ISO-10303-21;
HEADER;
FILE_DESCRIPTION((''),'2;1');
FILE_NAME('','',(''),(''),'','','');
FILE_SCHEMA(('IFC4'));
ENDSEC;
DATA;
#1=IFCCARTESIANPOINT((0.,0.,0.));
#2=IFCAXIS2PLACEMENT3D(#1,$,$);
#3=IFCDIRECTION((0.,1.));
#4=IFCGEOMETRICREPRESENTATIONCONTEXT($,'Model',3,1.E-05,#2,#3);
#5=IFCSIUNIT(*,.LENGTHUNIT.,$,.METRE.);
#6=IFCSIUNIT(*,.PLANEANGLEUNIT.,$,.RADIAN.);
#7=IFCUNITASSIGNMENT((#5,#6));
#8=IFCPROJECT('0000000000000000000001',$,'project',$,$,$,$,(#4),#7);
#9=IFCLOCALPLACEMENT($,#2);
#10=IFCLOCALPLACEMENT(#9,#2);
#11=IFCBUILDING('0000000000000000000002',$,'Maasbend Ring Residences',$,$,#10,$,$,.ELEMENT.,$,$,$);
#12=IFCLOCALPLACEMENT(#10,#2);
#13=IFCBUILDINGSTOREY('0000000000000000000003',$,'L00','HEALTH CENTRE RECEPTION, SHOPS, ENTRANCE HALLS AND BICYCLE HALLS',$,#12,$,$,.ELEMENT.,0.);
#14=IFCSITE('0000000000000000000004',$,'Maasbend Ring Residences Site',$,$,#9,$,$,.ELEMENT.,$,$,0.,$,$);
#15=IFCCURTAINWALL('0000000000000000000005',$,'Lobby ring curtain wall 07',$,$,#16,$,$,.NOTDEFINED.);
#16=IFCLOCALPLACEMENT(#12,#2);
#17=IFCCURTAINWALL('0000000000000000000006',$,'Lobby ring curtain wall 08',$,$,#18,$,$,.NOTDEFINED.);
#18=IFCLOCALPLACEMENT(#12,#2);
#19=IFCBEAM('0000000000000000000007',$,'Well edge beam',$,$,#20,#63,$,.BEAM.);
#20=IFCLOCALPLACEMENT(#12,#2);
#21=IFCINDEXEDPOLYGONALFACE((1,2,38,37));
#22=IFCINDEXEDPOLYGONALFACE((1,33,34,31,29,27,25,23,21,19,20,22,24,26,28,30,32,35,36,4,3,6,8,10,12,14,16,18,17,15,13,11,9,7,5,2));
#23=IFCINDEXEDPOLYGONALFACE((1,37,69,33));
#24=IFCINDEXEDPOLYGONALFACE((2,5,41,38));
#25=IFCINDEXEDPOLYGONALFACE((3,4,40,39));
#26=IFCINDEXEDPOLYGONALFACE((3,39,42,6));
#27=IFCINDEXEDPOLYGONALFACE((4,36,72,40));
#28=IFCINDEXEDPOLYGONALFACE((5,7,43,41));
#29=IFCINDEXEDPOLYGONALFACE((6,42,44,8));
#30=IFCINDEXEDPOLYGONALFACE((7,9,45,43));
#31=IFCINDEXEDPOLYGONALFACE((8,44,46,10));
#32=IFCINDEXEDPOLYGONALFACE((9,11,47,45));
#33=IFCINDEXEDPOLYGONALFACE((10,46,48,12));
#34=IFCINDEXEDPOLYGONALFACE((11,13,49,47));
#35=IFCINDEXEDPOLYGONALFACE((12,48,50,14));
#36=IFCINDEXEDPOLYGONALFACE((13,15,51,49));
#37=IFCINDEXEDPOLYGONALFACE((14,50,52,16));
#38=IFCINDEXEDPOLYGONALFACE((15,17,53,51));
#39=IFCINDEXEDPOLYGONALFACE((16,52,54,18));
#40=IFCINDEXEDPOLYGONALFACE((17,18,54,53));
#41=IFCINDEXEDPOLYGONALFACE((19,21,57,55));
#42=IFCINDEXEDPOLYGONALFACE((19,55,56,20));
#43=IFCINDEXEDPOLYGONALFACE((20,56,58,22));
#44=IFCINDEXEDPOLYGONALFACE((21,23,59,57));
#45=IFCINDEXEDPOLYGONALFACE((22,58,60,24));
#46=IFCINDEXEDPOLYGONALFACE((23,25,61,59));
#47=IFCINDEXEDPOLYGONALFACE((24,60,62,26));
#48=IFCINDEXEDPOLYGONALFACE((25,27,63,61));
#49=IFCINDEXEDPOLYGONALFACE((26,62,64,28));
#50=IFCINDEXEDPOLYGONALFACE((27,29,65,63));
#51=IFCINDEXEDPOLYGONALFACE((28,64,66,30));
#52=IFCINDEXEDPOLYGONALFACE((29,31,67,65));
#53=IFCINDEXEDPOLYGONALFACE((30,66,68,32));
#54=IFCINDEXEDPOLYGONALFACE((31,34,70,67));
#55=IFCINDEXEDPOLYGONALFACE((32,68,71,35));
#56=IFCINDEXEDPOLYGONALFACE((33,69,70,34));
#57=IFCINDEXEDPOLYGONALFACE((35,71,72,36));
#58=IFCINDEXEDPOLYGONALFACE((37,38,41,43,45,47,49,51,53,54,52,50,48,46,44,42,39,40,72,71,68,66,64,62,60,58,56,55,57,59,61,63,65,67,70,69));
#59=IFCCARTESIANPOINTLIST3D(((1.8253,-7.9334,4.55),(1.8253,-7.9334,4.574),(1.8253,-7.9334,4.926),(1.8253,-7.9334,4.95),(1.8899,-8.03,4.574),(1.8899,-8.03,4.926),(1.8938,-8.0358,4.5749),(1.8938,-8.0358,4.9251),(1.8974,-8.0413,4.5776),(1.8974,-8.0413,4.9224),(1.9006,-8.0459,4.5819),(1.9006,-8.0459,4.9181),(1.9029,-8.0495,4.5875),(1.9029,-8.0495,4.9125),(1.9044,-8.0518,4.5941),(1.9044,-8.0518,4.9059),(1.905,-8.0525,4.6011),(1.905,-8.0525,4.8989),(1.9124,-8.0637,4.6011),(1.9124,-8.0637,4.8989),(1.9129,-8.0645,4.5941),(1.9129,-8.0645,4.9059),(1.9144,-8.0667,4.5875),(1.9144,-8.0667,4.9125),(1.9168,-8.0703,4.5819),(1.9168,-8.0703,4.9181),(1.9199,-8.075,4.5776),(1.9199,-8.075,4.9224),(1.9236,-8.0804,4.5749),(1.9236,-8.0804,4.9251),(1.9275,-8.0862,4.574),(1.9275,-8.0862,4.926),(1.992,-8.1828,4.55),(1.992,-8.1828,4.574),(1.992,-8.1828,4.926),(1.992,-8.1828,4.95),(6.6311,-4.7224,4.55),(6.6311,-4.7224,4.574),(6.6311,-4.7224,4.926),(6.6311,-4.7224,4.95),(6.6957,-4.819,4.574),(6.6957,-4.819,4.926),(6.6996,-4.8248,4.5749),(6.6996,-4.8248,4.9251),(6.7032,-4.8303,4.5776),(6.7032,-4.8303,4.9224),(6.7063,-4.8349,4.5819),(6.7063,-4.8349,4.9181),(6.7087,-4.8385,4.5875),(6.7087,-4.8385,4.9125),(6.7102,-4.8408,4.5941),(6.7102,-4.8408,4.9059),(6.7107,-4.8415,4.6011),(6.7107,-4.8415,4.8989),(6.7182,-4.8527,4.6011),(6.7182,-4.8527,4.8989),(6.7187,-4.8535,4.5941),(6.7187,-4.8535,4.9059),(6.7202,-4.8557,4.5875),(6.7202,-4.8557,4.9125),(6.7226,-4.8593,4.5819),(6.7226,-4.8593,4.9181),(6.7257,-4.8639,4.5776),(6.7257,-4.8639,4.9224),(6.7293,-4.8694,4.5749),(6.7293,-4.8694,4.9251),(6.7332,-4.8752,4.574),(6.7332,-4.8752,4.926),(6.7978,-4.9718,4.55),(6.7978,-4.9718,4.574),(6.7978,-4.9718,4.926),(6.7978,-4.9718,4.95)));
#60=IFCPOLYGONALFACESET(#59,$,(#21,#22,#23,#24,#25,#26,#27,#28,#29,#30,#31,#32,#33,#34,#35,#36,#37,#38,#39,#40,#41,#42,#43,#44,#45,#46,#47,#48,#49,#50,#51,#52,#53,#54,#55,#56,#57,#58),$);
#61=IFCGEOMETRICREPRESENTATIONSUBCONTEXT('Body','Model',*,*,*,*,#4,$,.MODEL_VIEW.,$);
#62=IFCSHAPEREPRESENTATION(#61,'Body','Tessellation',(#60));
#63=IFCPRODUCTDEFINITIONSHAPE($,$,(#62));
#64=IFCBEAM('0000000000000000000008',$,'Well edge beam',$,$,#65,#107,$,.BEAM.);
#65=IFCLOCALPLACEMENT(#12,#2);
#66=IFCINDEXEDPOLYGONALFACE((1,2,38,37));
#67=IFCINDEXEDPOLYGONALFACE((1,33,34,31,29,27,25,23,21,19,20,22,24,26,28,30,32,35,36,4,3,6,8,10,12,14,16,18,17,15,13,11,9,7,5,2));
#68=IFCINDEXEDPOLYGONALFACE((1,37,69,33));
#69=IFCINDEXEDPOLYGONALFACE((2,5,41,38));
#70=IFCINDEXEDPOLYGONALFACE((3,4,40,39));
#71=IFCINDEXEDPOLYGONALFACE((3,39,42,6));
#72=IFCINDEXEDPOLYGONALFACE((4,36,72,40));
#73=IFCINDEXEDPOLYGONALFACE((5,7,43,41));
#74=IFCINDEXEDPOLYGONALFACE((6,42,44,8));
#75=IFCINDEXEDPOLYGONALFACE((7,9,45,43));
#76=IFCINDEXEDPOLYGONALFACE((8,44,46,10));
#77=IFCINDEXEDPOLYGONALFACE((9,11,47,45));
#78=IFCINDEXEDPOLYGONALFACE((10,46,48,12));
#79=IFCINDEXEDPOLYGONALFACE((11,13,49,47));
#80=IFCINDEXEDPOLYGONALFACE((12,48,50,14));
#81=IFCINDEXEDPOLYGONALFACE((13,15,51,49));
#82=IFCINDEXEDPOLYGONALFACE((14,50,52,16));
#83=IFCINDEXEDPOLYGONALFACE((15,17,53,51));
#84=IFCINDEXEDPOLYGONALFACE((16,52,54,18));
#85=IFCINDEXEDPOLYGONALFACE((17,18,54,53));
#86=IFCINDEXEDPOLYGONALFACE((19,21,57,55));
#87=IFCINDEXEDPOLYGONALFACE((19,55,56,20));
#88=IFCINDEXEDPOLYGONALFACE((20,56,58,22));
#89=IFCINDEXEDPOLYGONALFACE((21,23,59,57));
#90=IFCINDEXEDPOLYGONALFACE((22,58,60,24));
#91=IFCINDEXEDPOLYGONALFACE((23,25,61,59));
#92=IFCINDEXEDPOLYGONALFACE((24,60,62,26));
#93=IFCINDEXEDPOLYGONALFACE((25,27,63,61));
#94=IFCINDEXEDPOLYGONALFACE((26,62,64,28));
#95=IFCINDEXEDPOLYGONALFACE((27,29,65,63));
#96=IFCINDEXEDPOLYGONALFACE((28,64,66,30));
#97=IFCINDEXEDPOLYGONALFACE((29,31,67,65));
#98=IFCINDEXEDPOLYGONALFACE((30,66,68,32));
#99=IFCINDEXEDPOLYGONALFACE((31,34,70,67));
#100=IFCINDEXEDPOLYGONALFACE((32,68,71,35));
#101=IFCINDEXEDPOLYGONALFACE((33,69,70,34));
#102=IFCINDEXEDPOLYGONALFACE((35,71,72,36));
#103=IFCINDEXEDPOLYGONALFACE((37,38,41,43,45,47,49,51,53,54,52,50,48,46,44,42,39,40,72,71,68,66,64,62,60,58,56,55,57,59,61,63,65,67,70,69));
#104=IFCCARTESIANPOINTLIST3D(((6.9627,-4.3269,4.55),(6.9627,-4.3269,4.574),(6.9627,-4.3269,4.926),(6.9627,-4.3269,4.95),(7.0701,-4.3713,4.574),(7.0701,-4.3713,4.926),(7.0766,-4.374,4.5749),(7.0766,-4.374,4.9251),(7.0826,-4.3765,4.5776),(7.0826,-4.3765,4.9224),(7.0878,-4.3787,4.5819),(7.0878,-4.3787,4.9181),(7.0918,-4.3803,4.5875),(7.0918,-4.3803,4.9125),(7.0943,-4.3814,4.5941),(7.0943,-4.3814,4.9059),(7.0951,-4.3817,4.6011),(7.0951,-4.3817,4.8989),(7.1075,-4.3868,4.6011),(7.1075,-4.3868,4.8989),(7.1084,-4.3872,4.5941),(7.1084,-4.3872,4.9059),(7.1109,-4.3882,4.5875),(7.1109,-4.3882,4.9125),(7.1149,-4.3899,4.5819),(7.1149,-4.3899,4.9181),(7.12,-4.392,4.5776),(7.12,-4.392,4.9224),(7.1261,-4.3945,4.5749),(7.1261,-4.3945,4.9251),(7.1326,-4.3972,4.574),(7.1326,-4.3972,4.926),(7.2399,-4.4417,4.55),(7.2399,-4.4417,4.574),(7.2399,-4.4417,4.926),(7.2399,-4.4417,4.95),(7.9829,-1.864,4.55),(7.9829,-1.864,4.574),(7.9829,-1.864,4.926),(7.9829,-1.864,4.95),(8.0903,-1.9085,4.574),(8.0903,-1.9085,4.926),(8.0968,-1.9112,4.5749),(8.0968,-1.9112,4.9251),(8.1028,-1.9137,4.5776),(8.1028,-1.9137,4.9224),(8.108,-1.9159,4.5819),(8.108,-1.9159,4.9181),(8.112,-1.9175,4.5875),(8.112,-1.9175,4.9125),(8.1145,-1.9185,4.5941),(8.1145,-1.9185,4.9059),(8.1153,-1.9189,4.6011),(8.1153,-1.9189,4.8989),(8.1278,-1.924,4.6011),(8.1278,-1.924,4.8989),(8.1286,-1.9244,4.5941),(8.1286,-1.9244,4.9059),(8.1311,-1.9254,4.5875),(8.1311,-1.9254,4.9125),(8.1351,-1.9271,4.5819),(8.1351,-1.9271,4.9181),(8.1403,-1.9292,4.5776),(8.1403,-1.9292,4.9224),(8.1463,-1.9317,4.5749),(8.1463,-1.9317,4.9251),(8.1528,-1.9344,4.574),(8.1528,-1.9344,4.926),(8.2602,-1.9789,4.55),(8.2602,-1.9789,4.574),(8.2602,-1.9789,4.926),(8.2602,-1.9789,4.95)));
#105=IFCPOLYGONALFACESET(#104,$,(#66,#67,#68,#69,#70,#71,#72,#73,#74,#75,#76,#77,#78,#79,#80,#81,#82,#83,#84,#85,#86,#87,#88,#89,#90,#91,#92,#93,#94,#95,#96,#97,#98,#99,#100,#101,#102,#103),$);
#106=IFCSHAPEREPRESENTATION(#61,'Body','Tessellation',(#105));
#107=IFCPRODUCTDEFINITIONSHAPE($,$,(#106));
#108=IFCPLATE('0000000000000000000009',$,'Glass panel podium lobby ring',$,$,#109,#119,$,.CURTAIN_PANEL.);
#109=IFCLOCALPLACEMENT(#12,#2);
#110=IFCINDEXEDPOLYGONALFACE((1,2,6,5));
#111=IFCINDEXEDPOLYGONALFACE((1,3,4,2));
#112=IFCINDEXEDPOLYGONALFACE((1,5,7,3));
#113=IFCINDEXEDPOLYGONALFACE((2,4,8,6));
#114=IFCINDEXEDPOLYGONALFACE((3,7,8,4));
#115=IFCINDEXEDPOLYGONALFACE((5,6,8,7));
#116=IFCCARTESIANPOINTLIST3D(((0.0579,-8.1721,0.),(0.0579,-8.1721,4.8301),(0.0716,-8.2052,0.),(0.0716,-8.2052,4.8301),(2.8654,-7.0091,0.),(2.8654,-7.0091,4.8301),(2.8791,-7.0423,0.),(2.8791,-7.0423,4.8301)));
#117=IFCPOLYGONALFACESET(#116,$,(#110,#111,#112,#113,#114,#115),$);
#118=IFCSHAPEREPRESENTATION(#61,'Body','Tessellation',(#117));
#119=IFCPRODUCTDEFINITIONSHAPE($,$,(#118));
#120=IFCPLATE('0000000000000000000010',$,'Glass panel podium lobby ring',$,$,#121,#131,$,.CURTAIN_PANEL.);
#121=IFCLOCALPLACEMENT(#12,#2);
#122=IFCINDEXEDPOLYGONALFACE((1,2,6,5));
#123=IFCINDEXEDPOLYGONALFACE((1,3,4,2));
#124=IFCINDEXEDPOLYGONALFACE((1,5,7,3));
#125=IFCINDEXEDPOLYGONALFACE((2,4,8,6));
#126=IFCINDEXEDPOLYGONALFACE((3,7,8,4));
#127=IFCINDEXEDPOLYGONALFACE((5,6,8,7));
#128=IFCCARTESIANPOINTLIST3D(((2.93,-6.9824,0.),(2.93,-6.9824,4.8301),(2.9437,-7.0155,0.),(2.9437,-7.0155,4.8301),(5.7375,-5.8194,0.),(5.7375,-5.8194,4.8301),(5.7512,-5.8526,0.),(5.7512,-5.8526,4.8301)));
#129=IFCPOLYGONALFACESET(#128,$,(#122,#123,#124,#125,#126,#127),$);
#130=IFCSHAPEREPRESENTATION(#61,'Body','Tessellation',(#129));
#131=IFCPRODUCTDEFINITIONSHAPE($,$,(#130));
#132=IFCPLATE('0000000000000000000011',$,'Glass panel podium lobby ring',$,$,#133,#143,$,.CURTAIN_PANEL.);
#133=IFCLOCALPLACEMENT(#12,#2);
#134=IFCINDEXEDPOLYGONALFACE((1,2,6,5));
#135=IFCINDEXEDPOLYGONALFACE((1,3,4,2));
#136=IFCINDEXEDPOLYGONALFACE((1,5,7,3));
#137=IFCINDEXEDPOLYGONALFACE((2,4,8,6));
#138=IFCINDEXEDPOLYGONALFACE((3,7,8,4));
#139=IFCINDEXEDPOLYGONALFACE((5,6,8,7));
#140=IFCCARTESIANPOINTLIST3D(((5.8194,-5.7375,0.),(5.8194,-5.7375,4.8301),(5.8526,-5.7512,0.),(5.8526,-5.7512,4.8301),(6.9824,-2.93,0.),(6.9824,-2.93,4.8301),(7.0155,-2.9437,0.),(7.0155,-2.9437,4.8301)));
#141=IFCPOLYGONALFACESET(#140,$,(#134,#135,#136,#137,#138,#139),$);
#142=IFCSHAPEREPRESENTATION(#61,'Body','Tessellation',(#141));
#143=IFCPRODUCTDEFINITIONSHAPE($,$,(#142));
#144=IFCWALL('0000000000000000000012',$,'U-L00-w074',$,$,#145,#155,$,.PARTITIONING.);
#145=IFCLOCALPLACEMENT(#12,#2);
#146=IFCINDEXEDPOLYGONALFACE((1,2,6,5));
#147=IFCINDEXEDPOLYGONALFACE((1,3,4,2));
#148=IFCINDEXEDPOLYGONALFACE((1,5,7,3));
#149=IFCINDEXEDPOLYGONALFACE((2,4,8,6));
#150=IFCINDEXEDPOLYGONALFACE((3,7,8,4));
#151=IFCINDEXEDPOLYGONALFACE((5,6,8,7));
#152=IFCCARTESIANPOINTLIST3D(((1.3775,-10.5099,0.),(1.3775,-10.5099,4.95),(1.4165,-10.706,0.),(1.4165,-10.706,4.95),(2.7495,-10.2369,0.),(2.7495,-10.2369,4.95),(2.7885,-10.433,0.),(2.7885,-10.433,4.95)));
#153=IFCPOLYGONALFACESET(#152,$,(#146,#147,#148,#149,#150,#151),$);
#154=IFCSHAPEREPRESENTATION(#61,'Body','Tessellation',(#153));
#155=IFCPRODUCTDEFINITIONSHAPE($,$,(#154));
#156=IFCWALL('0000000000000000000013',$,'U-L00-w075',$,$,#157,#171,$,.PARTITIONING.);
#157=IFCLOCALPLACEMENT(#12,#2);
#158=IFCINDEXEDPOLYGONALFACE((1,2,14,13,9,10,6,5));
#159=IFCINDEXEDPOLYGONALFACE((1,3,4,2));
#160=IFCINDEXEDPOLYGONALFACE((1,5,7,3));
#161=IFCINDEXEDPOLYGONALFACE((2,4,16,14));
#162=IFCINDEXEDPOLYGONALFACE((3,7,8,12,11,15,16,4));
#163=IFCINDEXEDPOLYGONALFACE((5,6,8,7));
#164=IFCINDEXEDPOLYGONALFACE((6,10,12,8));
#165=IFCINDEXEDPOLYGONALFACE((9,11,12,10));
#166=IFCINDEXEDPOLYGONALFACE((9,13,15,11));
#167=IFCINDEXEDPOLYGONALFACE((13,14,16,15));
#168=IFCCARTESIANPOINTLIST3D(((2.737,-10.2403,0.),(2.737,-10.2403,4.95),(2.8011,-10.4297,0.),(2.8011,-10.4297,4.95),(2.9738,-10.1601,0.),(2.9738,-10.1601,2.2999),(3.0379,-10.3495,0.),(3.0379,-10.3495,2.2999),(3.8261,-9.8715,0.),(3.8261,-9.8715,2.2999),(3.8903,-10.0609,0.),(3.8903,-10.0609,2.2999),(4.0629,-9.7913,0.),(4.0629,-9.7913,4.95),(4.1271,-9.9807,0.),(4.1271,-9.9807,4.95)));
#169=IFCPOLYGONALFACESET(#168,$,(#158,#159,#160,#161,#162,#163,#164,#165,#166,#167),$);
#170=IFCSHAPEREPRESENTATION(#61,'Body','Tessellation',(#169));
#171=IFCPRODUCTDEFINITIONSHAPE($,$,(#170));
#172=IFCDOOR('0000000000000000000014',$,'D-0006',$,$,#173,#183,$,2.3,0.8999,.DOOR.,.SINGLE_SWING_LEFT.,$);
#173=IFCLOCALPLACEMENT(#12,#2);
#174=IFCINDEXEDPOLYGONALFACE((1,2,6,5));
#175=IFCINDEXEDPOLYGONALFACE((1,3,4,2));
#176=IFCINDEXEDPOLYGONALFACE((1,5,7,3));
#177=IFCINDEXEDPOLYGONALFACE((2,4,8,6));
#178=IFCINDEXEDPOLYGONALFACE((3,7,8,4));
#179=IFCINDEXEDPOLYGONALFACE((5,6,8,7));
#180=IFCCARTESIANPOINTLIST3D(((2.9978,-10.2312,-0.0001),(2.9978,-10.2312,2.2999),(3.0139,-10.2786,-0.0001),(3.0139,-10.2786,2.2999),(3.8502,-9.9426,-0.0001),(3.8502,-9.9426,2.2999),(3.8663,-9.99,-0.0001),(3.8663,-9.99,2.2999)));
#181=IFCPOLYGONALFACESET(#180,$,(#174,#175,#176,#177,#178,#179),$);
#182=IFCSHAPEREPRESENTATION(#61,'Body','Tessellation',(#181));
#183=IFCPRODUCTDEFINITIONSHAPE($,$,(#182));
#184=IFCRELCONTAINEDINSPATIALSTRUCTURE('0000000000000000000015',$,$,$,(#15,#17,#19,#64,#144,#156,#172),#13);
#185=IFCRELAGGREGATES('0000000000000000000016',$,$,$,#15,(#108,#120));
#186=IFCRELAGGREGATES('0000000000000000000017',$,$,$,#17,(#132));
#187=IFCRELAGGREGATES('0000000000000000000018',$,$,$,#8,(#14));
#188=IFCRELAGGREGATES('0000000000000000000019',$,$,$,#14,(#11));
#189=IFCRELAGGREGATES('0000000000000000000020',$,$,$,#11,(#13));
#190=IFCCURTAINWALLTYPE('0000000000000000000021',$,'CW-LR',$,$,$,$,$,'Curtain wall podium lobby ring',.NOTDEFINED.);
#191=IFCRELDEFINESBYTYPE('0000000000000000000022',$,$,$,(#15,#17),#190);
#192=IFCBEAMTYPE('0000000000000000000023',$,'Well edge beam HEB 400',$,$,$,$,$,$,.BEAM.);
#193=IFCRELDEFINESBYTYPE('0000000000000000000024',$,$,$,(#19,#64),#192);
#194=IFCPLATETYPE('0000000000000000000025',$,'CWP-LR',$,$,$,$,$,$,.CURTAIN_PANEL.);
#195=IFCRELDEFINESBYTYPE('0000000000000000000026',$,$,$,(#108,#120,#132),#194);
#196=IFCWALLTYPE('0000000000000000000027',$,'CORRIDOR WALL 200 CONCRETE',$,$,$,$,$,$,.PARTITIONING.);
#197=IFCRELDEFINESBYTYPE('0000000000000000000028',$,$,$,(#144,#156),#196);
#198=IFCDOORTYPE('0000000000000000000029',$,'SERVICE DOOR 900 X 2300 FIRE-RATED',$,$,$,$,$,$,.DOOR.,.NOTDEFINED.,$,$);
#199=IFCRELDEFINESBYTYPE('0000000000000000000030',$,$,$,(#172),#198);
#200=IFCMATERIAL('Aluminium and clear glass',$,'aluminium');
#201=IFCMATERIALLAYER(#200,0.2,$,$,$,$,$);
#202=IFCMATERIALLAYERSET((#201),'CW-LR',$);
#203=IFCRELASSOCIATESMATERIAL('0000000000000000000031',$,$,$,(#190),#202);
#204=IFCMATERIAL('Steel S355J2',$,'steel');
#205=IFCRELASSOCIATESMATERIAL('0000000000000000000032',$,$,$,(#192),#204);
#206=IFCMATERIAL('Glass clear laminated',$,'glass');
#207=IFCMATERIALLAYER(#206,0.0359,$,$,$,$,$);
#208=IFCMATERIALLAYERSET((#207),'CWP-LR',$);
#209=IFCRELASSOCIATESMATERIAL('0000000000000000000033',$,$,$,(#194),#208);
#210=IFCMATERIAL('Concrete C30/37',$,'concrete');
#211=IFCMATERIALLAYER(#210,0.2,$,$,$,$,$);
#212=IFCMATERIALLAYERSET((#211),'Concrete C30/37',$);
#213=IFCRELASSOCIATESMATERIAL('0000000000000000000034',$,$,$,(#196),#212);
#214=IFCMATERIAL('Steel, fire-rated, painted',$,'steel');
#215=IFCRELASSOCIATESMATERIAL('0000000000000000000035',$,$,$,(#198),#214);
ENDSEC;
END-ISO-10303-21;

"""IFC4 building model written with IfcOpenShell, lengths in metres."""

from ifc_helpers import new_model, si_unit, direction, frame, frame_2d, origin, origin_2d, place, context, subcontext, project, spatial, rectangle, i_section, extrude, material, layer, layer_set, material_profile, profile_set, type_object, element, fill, aggregate, save


model = new_model("IFC4")

# Units and contexts
model_context = context("Model", 3, precision=1e-05, world=origin(), true_north=direction((0.0, 1.0)))
body_context = subcontext(model_context, "Body", "Model", "MODEL_VIEW")
ifc_project = project(units=[si_unit("LENGTHUNIT", "METRE"), si_unit("PLANEANGLEUNIT", "RADIAN")], contexts=[model_context])

# Site, building, storey
site_placement = place(None, origin())
site = spatial("IfcSite", under=ifc_project, at=site_placement, Name="Maasbend Ring Residences Site", CompositionType="ELEMENT", RefElevation=0.0)
building_placement = place(site_placement, origin())
building = spatial("IfcBuilding", under=site, at=building_placement, Name="Maasbend Ring Residences", CompositionType="ELEMENT")
storey_placement = place(building_placement, origin())
storey = spatial("IfcBuildingStorey", under=building, at=storey_placement, Name="L00", Description="HEALTH CENTRE RECEPTION, SHOPS, ENTRANCE HALLS AND BICYCLE HALLS", CompositionType="ELEMENT", Elevation=0.0)

# Curtain walls
ifc_material_1 = material(Name="Aluminium and clear glass", Category="aluminium")
ifc_layer_1 = layer(ifc_material_1, 0.2)
ifc_layer_set_1 = layer_set([ifc_layer_1], Name="CW-LR")
curtain_wall_type = type_object("IfcCurtainWallType", Name="CW-LR", ElementType="Curtain wall podium lobby ring", PredefinedType="NOTDEFINED", material=ifc_layer_set_1)
curtain_wall_1_placement = place(storey_placement, origin())
curtain_wall_1 = element("IfcCurtainWall", 1, at=curtain_wall_1_placement, inside=storey, type_object=curtain_wall_type, Name="Lobby ring curtain wall 07", PredefinedType="NOTDEFINED")
curtain_wall_2_placement = place(storey_placement, origin())
curtain_wall_2 = element("IfcCurtainWall", 2, at=curtain_wall_2_placement, inside=storey, type_object=curtain_wall_type, Name="Lobby ring curtain wall 08", PredefinedType="NOTDEFINED")

# Beams
ifc_material_2 = material(Name="Steel S355J2", Category="steel")
ifc_material_profile_1 = material_profile(ifc_material_2, i_section(OverallWidth=0.3, OverallDepth=0.3999, WebThickness=0.0134, FlangeThickness=0.0239, FilletRadius=0.0271, at=origin_2d()), Name="HEB 400")
ifc_profile_set_1 = profile_set([ifc_material_profile_1], Name="Steel S355J2")
beam_type = type_object("IfcBeamType", Name="Well edge beam HEB 400", PredefinedType="BEAM", material=ifc_profile_set_1)
beam_1_placement = place(storey_placement, frame((1.9087, -8.0581, 4.75), z_axis=(0.831478, 0.555558, 0.0), x_axis=(-0.555558, 0.831478, 0.0)))
element("IfcBeam", 3, at=beam_1_placement, inside=storey, type_object=beam_type, Name="Well edge beam", PredefinedType="BEAM", context=body_context, shape_type="SweptSolid", body=[
    extrude(i_section(OverallWidth=0.3, OverallDepth=0.3999, WebThickness=0.0134, FlangeThickness=0.0239, FilletRadius=0.0271, at=origin_2d()), origin(), (0.0, 0.0, 1.0), 5.7798),
])
beam_2_placement = place(storey_placement, frame((7.1013, -4.3843, 4.75), z_axis=(0.382716, 0.923866, 0.0), x_axis=(-0.923866, 0.382716, 0.0)))
element("IfcBeam", 4, at=beam_2_placement, inside=storey, type_object=beam_type, Name="Well edge beam", PredefinedType="BEAM", context=body_context, shape_type="SweptSolid", body=[
    extrude(i_section(OverallWidth=0.3, OverallDepth=0.3999, WebThickness=0.0134, FlangeThickness=0.0239, FilletRadius=0.0271, at=origin_2d()), origin(), (0.0, 0.0, 1.0), 2.6658),
])

# Plates
ifc_material_3 = material(Name="Glass clear laminated", Category="glass")
ifc_layer_2 = layer(ifc_material_3, 0.0359)
ifc_layer_set_2 = layer_set([ifc_layer_2], Name="CWP-LR")
plate_type = type_object("IfcPlateType", Name="CWP-LR", PredefinedType="CURTAIN_PANEL", material=ifc_layer_set_2)
plate_1_placement = place(storey_placement, frame((1.4685, -7.6072, 0.0), z_axis=(0.0, 0.0, 1.0), x_axis=(0.92388, 0.382683, 0.0)))
plate_1 = element("IfcPlate", 5, at=plate_1_placement, type_object=plate_type, Name="Glass panel podium lobby ring", PredefinedType="CURTAIN_PANEL", context=body_context, shape_type="SweptSolid", body=[
    extrude(rectangle(XDim=3.0388, YDim=0.0359, at=origin_2d()), origin(), (0.0, 0.0, 1.0), 4.8301),
])
plate_2_placement = place(storey_placement, frame((4.3406, -6.4175, 0.0), z_axis=(0.0, 0.0, 1.0), x_axis=(0.92388, 0.382683, 0.0)))
plate_2 = element("IfcPlate", 6, at=plate_2_placement, type_object=plate_type, Name="Glass panel podium lobby ring", PredefinedType="CURTAIN_PANEL", context=body_context, shape_type="SweptSolid", body=[
    extrude(rectangle(XDim=3.0388, YDim=0.0359, at=origin_2d()), origin(), (0.0, 0.0, 1.0), 4.8301),
])
aggregate(curtain_wall_1, [plate_1, plate_2])
plate_3_placement = place(storey_placement, frame((6.4175, -4.3406, 0.0), z_axis=(0.0, 0.0, 1.0), x_axis=(0.382683, 0.92388, 0.0)))
plate_3 = element("IfcPlate", 7, at=plate_3_placement, type_object=plate_type, Name="Glass panel podium lobby ring", PredefinedType="CURTAIN_PANEL", context=body_context, shape_type="SweptSolid", body=[
    extrude(rectangle(XDim=3.0388, YDim=0.0359, at=origin_2d()), origin(), (0.0, 0.0, 1.0), 4.8301),
])
aggregate(curtain_wall_2, [plate_3])

# Wall
ifc_material_4 = material(Name="Concrete C30/37", Category="concrete")
ifc_layer_3 = layer(ifc_material_4, 0.2)
ifc_layer_set_3 = layer_set([ifc_layer_3], Name="Concrete C30/37")
wall_type_1 = type_object("IfcWallType", Name="CORRIDOR WALL 200 CONCRETE", PredefinedType="PARTITIONING", material=ifc_layer_set_3)
wall_1_placement = place(storey_placement, frame((1.397, -10.6079, 0.0), z_axis=(0.0, 0.0, 1.0), x_axis=(0.980782, 0.195109, 0.0)))
element("IfcWall", 8, at=wall_1_placement, inside=storey, type_object=wall_type_1, Name="U-L00-w074", PredefinedType="PARTITIONING", context=body_context, shape_type="SweptSolid", body=[
    extrude(rectangle(XDim=1.3989, YDim=0.2, at=frame_2d((0.6995, 0.0))), origin(), (0.0, 0.0, 1.0), 4.95),
])

# Wall, opening, door
wall_2_placement = place(storey_placement, frame((2.769, -10.335, 0.0), z_axis=(0.0, 0.0, 1.0), x_axis=(0.947173, 0.320724, 0.0)))
wall_2 = element("IfcWall", 9, at=wall_2_placement, inside=storey, type_object=wall_type_1, Name="U-L00-w075", PredefinedType="PARTITIONING", context=body_context, shape_type="SweptSolid", body=[
    extrude(rectangle(XDim=1.3999, YDim=0.2, at=frame_2d((0.7, 0.0))), origin(), (0.0, 0.0, 1.0), 4.95),
])
opening_placement = place(wall_2_placement, frame((0.25, 0.0, 0.0)))
opening = element("IfcOpeningElement", 10, at=opening_placement, cuts=wall_2, PredefinedType="OPENING", context=body_context, shape_type="SweptSolid", body=[
    extrude(rectangle(XDim=0.8999, YDim=2.3, at=frame_2d((0.45, 1.1499))), frame((0.0, 0.1099, 0.0), z_axis=(0.0, -1.0, 0.0), x_axis=(1.0, 0.0, 0.0)), (0.0, 0.0, 1.0), 0.22),
])
ifc_material_5 = material(Name="Steel, fire-rated, painted", Category="steel")
door_type = type_object("IfcDoorType", Name="SERVICE DOOR 900 X 2300 FIRE-RATED", OperationType="NOTDEFINED", PredefinedType="DOOR", material=ifc_material_5)
door_placement = place(opening_placement, origin())
door = element("IfcDoor", 11, at=door_placement, inside=storey, type_object=door_type, Name="D-0006", OperationType="SINGLE_SWING_LEFT", OverallHeight=2.3, OverallWidth=0.8999, PredefinedType="DOOR", context=body_context, shape_type="SweptSolid", body=[
    extrude(rectangle(XDim=0.8999, YDim=2.3, at=frame_2d((0.45, 1.1499))), frame((0.0, 0.0249, 0.0), z_axis=(0.0, -1.0, 0.0), x_axis=(1.0, 0.0, 0.0)), (0.0, 0.0, 1.0), 0.05),
])
fill(opening, door)

save(model, "model.ifc")
